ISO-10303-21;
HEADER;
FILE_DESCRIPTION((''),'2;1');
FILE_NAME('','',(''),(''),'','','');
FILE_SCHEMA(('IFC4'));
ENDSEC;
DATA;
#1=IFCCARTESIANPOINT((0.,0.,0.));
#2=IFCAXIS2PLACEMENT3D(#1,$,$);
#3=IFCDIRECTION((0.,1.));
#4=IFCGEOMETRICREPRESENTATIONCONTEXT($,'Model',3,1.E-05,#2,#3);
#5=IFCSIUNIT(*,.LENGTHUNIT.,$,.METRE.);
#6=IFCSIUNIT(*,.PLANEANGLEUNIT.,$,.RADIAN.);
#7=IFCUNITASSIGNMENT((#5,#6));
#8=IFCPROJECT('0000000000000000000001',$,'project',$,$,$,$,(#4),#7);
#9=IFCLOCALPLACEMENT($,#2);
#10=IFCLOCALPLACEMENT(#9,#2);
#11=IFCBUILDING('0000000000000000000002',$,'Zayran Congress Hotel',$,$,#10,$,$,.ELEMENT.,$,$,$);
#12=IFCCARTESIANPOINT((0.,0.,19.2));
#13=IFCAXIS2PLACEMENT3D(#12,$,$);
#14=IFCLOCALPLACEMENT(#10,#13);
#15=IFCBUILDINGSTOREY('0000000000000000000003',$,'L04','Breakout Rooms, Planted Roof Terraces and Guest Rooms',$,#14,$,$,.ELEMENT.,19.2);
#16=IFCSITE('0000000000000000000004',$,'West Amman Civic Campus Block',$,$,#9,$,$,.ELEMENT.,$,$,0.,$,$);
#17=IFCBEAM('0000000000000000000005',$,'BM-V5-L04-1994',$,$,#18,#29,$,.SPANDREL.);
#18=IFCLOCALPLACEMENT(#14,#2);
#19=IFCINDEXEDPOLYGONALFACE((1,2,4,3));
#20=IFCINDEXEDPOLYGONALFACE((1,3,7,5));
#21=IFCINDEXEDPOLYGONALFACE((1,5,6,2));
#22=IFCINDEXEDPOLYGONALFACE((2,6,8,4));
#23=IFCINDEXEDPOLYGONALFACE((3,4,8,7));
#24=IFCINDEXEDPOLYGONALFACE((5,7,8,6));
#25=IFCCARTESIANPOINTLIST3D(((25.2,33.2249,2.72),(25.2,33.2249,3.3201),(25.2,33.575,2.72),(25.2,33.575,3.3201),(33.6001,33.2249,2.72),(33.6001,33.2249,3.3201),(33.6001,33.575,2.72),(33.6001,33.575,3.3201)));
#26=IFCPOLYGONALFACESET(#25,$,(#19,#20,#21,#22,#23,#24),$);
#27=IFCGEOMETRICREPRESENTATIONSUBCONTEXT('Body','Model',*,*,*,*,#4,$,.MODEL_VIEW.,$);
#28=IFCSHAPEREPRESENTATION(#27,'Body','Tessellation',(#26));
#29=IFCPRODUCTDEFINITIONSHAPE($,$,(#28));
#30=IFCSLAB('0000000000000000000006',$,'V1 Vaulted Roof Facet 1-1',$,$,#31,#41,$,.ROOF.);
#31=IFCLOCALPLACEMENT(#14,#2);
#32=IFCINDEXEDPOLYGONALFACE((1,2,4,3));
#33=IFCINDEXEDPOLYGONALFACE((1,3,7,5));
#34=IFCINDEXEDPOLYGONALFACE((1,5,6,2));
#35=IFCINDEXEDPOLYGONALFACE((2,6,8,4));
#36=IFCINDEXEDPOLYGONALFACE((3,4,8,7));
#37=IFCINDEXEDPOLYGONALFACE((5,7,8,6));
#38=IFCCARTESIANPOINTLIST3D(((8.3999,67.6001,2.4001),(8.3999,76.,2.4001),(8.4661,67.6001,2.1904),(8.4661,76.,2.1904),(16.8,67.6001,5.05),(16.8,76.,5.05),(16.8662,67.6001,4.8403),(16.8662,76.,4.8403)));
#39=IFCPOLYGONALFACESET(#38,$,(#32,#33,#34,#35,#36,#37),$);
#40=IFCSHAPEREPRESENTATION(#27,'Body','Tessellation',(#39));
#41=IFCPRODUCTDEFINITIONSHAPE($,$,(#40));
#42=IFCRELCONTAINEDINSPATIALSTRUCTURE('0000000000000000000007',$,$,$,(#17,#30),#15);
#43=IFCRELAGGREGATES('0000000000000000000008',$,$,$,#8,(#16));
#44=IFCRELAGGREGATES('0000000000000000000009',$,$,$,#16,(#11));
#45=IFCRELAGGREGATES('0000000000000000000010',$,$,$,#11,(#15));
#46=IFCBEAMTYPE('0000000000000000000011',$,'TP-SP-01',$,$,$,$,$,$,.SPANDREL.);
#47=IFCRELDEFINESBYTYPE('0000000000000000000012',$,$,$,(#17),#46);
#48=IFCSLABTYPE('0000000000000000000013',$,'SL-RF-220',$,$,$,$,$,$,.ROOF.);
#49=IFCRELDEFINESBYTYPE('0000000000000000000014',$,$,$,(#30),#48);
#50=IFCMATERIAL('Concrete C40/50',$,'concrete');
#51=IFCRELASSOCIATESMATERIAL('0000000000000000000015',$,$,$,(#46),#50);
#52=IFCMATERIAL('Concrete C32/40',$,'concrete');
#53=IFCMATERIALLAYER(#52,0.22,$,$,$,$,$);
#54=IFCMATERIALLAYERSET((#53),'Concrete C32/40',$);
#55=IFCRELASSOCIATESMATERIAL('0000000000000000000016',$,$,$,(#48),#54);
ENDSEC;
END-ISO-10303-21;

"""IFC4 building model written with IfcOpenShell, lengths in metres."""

from ifc_helpers import new_model, si_unit, direction, frame, origin, origin_2d, place, context, subcontext, project, spatial, polyline, rectangle, outline, extrude, material, layer, layer_set, material_profile, profile_set, type_object, element, save


model = new_model("IFC4")

# Units and contexts
model_context = context("Model", 3, precision=1e-05, world=origin(), true_north=direction((0.0, 1.0)))
body_context = subcontext(model_context, "Body", "Model", "MODEL_VIEW")
ifc_project = project(units=[si_unit("LENGTHUNIT", "METRE"), si_unit("PLANEANGLEUNIT", "RADIAN")], contexts=[model_context])

# Site, building, storey
site_placement = place(None, origin())
site = spatial("IfcSite", under=ifc_project, at=site_placement, Name="West Amman Civic Campus Block", CompositionType="ELEMENT", RefElevation=0.0)
building_placement = place(site_placement, origin())
building = spatial("IfcBuilding", under=site, at=building_placement, Name="Zayran Congress Hotel", CompositionType="ELEMENT")
storey_placement = place(building_placement, frame((0.0, 0.0, 19.2)))
storey = spatial("IfcBuildingStorey", under=building, at=storey_placement, Name="L04", Description="Breakout Rooms, Planted Roof Terraces and Guest Rooms", CompositionType="ELEMENT", Elevation=19.2)

# Beam
ifc_material_1 = material(Name="Concrete C40/50", Category="concrete")
ifc_material_profile = material_profile(ifc_material_1, rectangle(XDim=0.3501, YDim=0.6001, at=origin_2d()), Name="RC 350x600")
ifc_profile_set = profile_set([ifc_material_profile], Name="Concrete C40/50")
beam_type = type_object("IfcBeamType", Name="TP-SP-01", PredefinedType="SPANDREL", material=ifc_profile_set)
beam_placement = place(storey_placement, frame((25.2, 33.3999, 3.02), z_axis=(1.0, 0.0, 0.0), x_axis=(0.0, 1.0, 0.0)))
element("IfcBeam", 1, at=beam_placement, inside=storey, type_object=beam_type, Name="BM-V5-L04-1994", PredefinedType="SPANDREL", context=body_context, shape_type="SweptSolid", body=[
    extrude(rectangle(XDim=0.3501, YDim=0.6001, at=origin_2d()), origin(), (0.0, 0.0, 1.0), 8.4001),
])

# Slab
ifc_material_2 = material(Name="Concrete C32/40", Category="concrete")
ifc_layer_1 = layer(ifc_material_2, 0.22)
ifc_layer_set_1 = layer_set([ifc_layer_1], Name="Concrete C32/40")
slab_type = type_object("IfcSlabType", Name="SL-RF-220", PredefinedType="ROOF", material=ifc_layer_set_1)
slab_placement = place(storey_placement, frame((8.3999, 67.6001, 2.4001), z_axis=(-0.300845, 0.0, 0.953673), x_axis=(0.953673, 0.0, 0.300845)))
element("IfcSlab", 2, at=slab_placement, inside=storey, type_object=slab_type, Name="V1 Vaulted Roof Facet 1-1", PredefinedType="ROOF", context=body_context, shape_type="SweptSolid", body=[
    extrude(outline(polyline([(0.0, 0.0), (8.8082, 0.0), (8.8082, 8.3999), (0.0, 8.3999), (0.0, 0.0)])), origin(), (0.0, 0.0, -1.0), 0.22),
])

save(model, "model.ifc")
